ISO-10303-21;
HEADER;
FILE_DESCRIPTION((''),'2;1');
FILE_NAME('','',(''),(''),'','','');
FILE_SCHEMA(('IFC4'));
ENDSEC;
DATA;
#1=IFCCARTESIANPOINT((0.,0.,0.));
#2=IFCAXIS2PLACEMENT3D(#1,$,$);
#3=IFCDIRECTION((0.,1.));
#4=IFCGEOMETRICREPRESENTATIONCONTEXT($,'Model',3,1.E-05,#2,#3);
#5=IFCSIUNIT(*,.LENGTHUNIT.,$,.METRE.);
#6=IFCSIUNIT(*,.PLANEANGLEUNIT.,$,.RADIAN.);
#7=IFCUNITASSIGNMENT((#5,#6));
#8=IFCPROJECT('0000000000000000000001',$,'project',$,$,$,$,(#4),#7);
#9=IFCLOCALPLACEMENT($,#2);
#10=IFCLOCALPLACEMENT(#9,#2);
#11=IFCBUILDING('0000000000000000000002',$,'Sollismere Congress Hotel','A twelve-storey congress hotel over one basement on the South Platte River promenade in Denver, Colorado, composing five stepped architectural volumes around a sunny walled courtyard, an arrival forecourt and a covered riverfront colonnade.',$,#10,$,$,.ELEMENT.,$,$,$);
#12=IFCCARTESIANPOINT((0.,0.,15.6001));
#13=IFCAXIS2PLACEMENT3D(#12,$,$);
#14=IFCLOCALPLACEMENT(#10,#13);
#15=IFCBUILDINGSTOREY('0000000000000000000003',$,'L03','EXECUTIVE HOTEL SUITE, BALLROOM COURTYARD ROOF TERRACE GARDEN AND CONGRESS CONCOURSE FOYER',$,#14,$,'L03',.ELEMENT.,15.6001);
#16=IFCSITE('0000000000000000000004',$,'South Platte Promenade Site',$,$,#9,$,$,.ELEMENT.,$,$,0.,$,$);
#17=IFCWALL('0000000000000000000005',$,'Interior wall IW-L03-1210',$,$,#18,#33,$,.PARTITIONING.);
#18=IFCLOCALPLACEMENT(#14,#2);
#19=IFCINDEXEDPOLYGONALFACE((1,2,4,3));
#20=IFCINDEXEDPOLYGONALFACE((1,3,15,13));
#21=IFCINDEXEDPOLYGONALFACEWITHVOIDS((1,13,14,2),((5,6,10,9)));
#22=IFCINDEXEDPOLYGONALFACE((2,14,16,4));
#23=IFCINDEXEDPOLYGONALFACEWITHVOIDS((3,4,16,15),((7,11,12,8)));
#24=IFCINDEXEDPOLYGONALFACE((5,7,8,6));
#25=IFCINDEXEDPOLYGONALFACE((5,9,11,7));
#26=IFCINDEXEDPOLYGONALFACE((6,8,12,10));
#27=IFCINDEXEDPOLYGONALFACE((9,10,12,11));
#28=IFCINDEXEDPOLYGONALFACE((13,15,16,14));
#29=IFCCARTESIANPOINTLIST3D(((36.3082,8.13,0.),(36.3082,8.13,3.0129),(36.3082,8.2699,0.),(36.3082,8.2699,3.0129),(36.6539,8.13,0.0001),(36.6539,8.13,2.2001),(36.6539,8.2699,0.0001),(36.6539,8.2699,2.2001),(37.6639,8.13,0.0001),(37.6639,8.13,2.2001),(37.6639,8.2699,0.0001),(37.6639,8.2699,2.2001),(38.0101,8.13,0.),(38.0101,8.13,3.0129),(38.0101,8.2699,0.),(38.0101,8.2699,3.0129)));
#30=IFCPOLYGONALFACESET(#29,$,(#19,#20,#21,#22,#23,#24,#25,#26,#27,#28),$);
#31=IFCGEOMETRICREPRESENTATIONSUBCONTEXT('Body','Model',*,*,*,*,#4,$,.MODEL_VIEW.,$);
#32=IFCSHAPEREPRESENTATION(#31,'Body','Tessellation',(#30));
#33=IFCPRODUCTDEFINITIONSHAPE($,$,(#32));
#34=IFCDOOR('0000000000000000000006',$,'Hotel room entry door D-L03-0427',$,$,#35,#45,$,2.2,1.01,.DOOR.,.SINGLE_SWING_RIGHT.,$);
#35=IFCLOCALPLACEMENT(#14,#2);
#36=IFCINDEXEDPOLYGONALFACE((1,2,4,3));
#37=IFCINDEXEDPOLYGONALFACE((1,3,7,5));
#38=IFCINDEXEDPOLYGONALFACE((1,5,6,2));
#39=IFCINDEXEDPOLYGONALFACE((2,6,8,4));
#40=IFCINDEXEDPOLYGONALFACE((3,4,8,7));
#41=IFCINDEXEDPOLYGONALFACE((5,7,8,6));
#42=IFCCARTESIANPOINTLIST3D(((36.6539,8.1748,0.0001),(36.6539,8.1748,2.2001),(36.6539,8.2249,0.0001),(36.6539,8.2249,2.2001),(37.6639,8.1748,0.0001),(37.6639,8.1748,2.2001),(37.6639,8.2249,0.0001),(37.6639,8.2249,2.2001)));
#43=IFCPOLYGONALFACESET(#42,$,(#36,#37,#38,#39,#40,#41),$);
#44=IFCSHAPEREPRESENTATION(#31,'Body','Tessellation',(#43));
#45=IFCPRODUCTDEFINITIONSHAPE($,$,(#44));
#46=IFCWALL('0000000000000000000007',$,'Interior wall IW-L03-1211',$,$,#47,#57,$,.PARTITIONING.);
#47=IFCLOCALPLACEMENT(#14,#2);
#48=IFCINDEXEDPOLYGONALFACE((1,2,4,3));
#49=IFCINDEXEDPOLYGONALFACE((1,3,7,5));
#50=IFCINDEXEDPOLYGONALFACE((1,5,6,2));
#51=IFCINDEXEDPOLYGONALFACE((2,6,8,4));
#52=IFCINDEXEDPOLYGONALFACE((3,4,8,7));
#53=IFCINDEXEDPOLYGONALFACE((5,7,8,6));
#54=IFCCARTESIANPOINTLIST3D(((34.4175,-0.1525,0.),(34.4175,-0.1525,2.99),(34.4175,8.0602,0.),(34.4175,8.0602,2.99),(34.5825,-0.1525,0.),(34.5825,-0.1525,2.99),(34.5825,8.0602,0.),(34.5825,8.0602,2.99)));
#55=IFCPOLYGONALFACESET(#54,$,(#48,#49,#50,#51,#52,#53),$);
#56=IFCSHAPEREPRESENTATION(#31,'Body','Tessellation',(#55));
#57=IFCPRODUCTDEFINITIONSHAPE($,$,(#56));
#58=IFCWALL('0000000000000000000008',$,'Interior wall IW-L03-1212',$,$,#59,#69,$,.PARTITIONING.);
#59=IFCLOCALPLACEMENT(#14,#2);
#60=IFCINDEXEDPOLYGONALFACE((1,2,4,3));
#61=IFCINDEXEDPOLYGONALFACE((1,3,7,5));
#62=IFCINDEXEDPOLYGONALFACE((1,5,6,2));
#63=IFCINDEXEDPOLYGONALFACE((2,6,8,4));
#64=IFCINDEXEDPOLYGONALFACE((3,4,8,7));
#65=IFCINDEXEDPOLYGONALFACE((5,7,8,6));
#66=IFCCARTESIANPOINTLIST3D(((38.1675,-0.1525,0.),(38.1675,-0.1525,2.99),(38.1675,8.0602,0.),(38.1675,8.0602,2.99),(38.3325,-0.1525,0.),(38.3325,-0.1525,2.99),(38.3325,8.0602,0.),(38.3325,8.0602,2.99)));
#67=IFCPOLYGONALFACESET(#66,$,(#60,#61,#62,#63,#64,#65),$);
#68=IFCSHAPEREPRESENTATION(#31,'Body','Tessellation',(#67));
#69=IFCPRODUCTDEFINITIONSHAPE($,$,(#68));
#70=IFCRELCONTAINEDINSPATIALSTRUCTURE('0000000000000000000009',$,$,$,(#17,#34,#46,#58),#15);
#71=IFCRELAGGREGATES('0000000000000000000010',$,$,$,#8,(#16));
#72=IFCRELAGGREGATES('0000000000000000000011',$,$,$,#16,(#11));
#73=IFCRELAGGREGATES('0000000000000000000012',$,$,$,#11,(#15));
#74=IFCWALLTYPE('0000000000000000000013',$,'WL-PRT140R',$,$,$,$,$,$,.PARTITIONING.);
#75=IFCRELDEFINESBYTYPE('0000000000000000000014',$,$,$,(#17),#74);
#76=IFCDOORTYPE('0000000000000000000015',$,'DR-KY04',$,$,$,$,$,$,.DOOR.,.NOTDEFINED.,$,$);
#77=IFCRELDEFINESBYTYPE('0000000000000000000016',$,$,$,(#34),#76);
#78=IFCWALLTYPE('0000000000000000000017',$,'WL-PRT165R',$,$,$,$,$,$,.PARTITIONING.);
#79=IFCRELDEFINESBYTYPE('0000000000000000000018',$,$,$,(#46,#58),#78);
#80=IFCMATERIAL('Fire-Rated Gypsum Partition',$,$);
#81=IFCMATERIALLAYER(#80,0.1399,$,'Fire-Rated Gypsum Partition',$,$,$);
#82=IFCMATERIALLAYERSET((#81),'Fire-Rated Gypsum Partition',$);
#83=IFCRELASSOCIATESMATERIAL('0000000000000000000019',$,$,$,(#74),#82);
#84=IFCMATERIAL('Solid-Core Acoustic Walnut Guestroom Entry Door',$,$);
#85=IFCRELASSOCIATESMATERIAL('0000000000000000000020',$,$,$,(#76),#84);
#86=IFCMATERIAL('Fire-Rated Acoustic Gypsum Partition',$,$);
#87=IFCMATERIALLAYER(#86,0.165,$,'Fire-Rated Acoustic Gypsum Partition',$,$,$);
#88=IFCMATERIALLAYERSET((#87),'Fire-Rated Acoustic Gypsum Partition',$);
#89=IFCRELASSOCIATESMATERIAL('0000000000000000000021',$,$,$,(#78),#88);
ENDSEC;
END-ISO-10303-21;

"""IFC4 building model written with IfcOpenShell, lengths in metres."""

from ifc_helpers import new_model, si_unit, direction, frame, frame_2d, origin, place, context, subcontext, project, spatial, rectangle, extrude, material, layer, layer_set, type_object, element, fill, save


model = new_model("IFC4")

# Units and contexts
model_context = context("Model", 3, precision=1e-05, world=origin(), true_north=direction((0.0, 1.0)))
body_context = subcontext(model_context, "Body", "Model", "MODEL_VIEW")
ifc_project = project(units=[si_unit("LENGTHUNIT", "METRE"), si_unit("PLANEANGLEUNIT", "RADIAN")], contexts=[model_context])

# Site, building, storey
site_placement = place(None, origin())
site = spatial("IfcSite", under=ifc_project, at=site_placement, Name="South Platte Promenade Site", CompositionType="ELEMENT", RefElevation=0.0)
building_placement = place(site_placement, origin())
building = spatial("IfcBuilding", under=site, at=building_placement, Name="Sollismere Congress Hotel", Description="A twelve-storey congress hotel over one basement on the South Platte River promenade in Denver, Colorado, composing five stepped architectural volumes around a sunny walled courtyard, an arrival forecourt and a covered riverfront colonnade.", CompositionType="ELEMENT")
storey_placement = place(building_placement, frame((0.0, 0.0, 15.6001)))
storey = spatial("IfcBuildingStorey", under=building, at=storey_placement, Name="L03", Description="EXECUTIVE HOTEL SUITE, BALLROOM COURTYARD ROOF TERRACE GARDEN AND CONGRESS CONCOURSE FOYER", LongName="L03", CompositionType="ELEMENT", Elevation=15.6001)

# Shared definitions
ifc_material_1 = material(Name="Fire-Rated Gypsum Partition")
ifc_layer_1 = layer(ifc_material_1, 0.1399, Name="Fire-Rated Gypsum Partition")
ifc_layer_set_1 = layer_set([ifc_layer_1], Name="Fire-Rated Gypsum Partition")
wall_type_1 = type_object("IfcWallType", Name="WL-PRT140R", PredefinedType="PARTITIONING", material=ifc_layer_set_1)

# Wall, opening, door
wall_1_placement = place(storey_placement, frame((36.3081, 8.2, 0.0), z_axis=(0.0, 0.0, 1.0), x_axis=(1.0, 0.0, 0.0)))
wall_1 = element("IfcWall", 1, at=wall_1_placement, inside=storey, type_object=wall_type_1, Name="Interior wall IW-L03-1210", PredefinedType="PARTITIONING", context=body_context, shape_type="SweptSolid", body=[
    extrude(rectangle(XDim=1.7019, YDim=0.1399, at=frame_2d((0.8511, 0.0))), origin(), (0.0, 0.0, 1.0), 3.0129),
])
opening_1_placement = place(wall_1_placement, frame((0.3459, 0.0, 0.0)))
opening_1 = element("IfcOpeningElement", 2, at=opening_1_placement, cuts=wall_1, PredefinedType="OPENING", context=body_context, shape_type="SweptSolid", body=[
    extrude(rectangle(XDim=1.01, YDim=2.2, at=frame_2d((0.5049, 1.1001))), frame((0.0, 0.0798, 0.0), z_axis=(0.0, -1.0, 0.0), x_axis=(1.0, 0.0, 0.0)), (0.0, 0.0, 1.0), 0.1599),
])
ifc_material_2 = material(Name="Solid-Core Acoustic Walnut Guestroom Entry Door")
door_type_1 = type_object("IfcDoorType", Name="DR-KY04", OperationType="NOTDEFINED", PredefinedType="DOOR", material=ifc_material_2)
door_1_placement = place(opening_1_placement, origin())
door_1 = element("IfcDoor", 3, at=door_1_placement, inside=storey, type_object=door_type_1, Name="Hotel room entry door D-L03-0427", OperationType="SINGLE_SWING_RIGHT", OverallHeight=2.2, OverallWidth=1.01, PredefinedType="DOOR", context=body_context, shape_type="SweptSolid", body=[
    extrude(rectangle(XDim=1.01, YDim=2.2, at=frame_2d((0.5049, 1.1001))), frame((0.0, 0.0249, 0.0), z_axis=(0.0, -1.0, 0.0), x_axis=(1.0, 0.0, 0.0)), (0.0, 0.0, 1.0), 0.05),
])
fill(opening_1, door_1)

# Walls
ifc_material_3 = material(Name="Fire-Rated Acoustic Gypsum Partition")
ifc_layer_2 = layer(ifc_material_3, 0.165, Name="Fire-Rated Acoustic Gypsum Partition")
ifc_layer_set_2 = layer_set([ifc_layer_2], Name="Fire-Rated Acoustic Gypsum Partition")
wall_type_2 = type_object("IfcWallType", Name="WL-PRT165R", PredefinedType="PARTITIONING", material=ifc_layer_set_2)
for number, where, z_axis, x_axis, name in (
    (4, (34.5, -0.1526, 0.0), (0.0, 0.0, 1.0), (0.0, 1.0, 0.0), "Interior wall IW-L03-1211"),
    (5, (38.25, -0.1526, 0.0), (0.0, 0.0, 1.0), (0.0, 1.0, 0.0), "Interior wall IW-L03-1212"),
):
    element("IfcWall", number, at=place(storey_placement, frame(where, z_axis=z_axis, x_axis=x_axis)), inside=storey, type_object=wall_type_2, Name=name, PredefinedType="PARTITIONING", context=body_context, shape_type="SweptSolid", body=[
        extrude(rectangle(XDim=8.2126, YDim=0.165, at=frame_2d((4.1064, 0.0))), origin(), (0.0, 0.0, 1.0), 2.99),
    ])

save(model, "model.ifc")
